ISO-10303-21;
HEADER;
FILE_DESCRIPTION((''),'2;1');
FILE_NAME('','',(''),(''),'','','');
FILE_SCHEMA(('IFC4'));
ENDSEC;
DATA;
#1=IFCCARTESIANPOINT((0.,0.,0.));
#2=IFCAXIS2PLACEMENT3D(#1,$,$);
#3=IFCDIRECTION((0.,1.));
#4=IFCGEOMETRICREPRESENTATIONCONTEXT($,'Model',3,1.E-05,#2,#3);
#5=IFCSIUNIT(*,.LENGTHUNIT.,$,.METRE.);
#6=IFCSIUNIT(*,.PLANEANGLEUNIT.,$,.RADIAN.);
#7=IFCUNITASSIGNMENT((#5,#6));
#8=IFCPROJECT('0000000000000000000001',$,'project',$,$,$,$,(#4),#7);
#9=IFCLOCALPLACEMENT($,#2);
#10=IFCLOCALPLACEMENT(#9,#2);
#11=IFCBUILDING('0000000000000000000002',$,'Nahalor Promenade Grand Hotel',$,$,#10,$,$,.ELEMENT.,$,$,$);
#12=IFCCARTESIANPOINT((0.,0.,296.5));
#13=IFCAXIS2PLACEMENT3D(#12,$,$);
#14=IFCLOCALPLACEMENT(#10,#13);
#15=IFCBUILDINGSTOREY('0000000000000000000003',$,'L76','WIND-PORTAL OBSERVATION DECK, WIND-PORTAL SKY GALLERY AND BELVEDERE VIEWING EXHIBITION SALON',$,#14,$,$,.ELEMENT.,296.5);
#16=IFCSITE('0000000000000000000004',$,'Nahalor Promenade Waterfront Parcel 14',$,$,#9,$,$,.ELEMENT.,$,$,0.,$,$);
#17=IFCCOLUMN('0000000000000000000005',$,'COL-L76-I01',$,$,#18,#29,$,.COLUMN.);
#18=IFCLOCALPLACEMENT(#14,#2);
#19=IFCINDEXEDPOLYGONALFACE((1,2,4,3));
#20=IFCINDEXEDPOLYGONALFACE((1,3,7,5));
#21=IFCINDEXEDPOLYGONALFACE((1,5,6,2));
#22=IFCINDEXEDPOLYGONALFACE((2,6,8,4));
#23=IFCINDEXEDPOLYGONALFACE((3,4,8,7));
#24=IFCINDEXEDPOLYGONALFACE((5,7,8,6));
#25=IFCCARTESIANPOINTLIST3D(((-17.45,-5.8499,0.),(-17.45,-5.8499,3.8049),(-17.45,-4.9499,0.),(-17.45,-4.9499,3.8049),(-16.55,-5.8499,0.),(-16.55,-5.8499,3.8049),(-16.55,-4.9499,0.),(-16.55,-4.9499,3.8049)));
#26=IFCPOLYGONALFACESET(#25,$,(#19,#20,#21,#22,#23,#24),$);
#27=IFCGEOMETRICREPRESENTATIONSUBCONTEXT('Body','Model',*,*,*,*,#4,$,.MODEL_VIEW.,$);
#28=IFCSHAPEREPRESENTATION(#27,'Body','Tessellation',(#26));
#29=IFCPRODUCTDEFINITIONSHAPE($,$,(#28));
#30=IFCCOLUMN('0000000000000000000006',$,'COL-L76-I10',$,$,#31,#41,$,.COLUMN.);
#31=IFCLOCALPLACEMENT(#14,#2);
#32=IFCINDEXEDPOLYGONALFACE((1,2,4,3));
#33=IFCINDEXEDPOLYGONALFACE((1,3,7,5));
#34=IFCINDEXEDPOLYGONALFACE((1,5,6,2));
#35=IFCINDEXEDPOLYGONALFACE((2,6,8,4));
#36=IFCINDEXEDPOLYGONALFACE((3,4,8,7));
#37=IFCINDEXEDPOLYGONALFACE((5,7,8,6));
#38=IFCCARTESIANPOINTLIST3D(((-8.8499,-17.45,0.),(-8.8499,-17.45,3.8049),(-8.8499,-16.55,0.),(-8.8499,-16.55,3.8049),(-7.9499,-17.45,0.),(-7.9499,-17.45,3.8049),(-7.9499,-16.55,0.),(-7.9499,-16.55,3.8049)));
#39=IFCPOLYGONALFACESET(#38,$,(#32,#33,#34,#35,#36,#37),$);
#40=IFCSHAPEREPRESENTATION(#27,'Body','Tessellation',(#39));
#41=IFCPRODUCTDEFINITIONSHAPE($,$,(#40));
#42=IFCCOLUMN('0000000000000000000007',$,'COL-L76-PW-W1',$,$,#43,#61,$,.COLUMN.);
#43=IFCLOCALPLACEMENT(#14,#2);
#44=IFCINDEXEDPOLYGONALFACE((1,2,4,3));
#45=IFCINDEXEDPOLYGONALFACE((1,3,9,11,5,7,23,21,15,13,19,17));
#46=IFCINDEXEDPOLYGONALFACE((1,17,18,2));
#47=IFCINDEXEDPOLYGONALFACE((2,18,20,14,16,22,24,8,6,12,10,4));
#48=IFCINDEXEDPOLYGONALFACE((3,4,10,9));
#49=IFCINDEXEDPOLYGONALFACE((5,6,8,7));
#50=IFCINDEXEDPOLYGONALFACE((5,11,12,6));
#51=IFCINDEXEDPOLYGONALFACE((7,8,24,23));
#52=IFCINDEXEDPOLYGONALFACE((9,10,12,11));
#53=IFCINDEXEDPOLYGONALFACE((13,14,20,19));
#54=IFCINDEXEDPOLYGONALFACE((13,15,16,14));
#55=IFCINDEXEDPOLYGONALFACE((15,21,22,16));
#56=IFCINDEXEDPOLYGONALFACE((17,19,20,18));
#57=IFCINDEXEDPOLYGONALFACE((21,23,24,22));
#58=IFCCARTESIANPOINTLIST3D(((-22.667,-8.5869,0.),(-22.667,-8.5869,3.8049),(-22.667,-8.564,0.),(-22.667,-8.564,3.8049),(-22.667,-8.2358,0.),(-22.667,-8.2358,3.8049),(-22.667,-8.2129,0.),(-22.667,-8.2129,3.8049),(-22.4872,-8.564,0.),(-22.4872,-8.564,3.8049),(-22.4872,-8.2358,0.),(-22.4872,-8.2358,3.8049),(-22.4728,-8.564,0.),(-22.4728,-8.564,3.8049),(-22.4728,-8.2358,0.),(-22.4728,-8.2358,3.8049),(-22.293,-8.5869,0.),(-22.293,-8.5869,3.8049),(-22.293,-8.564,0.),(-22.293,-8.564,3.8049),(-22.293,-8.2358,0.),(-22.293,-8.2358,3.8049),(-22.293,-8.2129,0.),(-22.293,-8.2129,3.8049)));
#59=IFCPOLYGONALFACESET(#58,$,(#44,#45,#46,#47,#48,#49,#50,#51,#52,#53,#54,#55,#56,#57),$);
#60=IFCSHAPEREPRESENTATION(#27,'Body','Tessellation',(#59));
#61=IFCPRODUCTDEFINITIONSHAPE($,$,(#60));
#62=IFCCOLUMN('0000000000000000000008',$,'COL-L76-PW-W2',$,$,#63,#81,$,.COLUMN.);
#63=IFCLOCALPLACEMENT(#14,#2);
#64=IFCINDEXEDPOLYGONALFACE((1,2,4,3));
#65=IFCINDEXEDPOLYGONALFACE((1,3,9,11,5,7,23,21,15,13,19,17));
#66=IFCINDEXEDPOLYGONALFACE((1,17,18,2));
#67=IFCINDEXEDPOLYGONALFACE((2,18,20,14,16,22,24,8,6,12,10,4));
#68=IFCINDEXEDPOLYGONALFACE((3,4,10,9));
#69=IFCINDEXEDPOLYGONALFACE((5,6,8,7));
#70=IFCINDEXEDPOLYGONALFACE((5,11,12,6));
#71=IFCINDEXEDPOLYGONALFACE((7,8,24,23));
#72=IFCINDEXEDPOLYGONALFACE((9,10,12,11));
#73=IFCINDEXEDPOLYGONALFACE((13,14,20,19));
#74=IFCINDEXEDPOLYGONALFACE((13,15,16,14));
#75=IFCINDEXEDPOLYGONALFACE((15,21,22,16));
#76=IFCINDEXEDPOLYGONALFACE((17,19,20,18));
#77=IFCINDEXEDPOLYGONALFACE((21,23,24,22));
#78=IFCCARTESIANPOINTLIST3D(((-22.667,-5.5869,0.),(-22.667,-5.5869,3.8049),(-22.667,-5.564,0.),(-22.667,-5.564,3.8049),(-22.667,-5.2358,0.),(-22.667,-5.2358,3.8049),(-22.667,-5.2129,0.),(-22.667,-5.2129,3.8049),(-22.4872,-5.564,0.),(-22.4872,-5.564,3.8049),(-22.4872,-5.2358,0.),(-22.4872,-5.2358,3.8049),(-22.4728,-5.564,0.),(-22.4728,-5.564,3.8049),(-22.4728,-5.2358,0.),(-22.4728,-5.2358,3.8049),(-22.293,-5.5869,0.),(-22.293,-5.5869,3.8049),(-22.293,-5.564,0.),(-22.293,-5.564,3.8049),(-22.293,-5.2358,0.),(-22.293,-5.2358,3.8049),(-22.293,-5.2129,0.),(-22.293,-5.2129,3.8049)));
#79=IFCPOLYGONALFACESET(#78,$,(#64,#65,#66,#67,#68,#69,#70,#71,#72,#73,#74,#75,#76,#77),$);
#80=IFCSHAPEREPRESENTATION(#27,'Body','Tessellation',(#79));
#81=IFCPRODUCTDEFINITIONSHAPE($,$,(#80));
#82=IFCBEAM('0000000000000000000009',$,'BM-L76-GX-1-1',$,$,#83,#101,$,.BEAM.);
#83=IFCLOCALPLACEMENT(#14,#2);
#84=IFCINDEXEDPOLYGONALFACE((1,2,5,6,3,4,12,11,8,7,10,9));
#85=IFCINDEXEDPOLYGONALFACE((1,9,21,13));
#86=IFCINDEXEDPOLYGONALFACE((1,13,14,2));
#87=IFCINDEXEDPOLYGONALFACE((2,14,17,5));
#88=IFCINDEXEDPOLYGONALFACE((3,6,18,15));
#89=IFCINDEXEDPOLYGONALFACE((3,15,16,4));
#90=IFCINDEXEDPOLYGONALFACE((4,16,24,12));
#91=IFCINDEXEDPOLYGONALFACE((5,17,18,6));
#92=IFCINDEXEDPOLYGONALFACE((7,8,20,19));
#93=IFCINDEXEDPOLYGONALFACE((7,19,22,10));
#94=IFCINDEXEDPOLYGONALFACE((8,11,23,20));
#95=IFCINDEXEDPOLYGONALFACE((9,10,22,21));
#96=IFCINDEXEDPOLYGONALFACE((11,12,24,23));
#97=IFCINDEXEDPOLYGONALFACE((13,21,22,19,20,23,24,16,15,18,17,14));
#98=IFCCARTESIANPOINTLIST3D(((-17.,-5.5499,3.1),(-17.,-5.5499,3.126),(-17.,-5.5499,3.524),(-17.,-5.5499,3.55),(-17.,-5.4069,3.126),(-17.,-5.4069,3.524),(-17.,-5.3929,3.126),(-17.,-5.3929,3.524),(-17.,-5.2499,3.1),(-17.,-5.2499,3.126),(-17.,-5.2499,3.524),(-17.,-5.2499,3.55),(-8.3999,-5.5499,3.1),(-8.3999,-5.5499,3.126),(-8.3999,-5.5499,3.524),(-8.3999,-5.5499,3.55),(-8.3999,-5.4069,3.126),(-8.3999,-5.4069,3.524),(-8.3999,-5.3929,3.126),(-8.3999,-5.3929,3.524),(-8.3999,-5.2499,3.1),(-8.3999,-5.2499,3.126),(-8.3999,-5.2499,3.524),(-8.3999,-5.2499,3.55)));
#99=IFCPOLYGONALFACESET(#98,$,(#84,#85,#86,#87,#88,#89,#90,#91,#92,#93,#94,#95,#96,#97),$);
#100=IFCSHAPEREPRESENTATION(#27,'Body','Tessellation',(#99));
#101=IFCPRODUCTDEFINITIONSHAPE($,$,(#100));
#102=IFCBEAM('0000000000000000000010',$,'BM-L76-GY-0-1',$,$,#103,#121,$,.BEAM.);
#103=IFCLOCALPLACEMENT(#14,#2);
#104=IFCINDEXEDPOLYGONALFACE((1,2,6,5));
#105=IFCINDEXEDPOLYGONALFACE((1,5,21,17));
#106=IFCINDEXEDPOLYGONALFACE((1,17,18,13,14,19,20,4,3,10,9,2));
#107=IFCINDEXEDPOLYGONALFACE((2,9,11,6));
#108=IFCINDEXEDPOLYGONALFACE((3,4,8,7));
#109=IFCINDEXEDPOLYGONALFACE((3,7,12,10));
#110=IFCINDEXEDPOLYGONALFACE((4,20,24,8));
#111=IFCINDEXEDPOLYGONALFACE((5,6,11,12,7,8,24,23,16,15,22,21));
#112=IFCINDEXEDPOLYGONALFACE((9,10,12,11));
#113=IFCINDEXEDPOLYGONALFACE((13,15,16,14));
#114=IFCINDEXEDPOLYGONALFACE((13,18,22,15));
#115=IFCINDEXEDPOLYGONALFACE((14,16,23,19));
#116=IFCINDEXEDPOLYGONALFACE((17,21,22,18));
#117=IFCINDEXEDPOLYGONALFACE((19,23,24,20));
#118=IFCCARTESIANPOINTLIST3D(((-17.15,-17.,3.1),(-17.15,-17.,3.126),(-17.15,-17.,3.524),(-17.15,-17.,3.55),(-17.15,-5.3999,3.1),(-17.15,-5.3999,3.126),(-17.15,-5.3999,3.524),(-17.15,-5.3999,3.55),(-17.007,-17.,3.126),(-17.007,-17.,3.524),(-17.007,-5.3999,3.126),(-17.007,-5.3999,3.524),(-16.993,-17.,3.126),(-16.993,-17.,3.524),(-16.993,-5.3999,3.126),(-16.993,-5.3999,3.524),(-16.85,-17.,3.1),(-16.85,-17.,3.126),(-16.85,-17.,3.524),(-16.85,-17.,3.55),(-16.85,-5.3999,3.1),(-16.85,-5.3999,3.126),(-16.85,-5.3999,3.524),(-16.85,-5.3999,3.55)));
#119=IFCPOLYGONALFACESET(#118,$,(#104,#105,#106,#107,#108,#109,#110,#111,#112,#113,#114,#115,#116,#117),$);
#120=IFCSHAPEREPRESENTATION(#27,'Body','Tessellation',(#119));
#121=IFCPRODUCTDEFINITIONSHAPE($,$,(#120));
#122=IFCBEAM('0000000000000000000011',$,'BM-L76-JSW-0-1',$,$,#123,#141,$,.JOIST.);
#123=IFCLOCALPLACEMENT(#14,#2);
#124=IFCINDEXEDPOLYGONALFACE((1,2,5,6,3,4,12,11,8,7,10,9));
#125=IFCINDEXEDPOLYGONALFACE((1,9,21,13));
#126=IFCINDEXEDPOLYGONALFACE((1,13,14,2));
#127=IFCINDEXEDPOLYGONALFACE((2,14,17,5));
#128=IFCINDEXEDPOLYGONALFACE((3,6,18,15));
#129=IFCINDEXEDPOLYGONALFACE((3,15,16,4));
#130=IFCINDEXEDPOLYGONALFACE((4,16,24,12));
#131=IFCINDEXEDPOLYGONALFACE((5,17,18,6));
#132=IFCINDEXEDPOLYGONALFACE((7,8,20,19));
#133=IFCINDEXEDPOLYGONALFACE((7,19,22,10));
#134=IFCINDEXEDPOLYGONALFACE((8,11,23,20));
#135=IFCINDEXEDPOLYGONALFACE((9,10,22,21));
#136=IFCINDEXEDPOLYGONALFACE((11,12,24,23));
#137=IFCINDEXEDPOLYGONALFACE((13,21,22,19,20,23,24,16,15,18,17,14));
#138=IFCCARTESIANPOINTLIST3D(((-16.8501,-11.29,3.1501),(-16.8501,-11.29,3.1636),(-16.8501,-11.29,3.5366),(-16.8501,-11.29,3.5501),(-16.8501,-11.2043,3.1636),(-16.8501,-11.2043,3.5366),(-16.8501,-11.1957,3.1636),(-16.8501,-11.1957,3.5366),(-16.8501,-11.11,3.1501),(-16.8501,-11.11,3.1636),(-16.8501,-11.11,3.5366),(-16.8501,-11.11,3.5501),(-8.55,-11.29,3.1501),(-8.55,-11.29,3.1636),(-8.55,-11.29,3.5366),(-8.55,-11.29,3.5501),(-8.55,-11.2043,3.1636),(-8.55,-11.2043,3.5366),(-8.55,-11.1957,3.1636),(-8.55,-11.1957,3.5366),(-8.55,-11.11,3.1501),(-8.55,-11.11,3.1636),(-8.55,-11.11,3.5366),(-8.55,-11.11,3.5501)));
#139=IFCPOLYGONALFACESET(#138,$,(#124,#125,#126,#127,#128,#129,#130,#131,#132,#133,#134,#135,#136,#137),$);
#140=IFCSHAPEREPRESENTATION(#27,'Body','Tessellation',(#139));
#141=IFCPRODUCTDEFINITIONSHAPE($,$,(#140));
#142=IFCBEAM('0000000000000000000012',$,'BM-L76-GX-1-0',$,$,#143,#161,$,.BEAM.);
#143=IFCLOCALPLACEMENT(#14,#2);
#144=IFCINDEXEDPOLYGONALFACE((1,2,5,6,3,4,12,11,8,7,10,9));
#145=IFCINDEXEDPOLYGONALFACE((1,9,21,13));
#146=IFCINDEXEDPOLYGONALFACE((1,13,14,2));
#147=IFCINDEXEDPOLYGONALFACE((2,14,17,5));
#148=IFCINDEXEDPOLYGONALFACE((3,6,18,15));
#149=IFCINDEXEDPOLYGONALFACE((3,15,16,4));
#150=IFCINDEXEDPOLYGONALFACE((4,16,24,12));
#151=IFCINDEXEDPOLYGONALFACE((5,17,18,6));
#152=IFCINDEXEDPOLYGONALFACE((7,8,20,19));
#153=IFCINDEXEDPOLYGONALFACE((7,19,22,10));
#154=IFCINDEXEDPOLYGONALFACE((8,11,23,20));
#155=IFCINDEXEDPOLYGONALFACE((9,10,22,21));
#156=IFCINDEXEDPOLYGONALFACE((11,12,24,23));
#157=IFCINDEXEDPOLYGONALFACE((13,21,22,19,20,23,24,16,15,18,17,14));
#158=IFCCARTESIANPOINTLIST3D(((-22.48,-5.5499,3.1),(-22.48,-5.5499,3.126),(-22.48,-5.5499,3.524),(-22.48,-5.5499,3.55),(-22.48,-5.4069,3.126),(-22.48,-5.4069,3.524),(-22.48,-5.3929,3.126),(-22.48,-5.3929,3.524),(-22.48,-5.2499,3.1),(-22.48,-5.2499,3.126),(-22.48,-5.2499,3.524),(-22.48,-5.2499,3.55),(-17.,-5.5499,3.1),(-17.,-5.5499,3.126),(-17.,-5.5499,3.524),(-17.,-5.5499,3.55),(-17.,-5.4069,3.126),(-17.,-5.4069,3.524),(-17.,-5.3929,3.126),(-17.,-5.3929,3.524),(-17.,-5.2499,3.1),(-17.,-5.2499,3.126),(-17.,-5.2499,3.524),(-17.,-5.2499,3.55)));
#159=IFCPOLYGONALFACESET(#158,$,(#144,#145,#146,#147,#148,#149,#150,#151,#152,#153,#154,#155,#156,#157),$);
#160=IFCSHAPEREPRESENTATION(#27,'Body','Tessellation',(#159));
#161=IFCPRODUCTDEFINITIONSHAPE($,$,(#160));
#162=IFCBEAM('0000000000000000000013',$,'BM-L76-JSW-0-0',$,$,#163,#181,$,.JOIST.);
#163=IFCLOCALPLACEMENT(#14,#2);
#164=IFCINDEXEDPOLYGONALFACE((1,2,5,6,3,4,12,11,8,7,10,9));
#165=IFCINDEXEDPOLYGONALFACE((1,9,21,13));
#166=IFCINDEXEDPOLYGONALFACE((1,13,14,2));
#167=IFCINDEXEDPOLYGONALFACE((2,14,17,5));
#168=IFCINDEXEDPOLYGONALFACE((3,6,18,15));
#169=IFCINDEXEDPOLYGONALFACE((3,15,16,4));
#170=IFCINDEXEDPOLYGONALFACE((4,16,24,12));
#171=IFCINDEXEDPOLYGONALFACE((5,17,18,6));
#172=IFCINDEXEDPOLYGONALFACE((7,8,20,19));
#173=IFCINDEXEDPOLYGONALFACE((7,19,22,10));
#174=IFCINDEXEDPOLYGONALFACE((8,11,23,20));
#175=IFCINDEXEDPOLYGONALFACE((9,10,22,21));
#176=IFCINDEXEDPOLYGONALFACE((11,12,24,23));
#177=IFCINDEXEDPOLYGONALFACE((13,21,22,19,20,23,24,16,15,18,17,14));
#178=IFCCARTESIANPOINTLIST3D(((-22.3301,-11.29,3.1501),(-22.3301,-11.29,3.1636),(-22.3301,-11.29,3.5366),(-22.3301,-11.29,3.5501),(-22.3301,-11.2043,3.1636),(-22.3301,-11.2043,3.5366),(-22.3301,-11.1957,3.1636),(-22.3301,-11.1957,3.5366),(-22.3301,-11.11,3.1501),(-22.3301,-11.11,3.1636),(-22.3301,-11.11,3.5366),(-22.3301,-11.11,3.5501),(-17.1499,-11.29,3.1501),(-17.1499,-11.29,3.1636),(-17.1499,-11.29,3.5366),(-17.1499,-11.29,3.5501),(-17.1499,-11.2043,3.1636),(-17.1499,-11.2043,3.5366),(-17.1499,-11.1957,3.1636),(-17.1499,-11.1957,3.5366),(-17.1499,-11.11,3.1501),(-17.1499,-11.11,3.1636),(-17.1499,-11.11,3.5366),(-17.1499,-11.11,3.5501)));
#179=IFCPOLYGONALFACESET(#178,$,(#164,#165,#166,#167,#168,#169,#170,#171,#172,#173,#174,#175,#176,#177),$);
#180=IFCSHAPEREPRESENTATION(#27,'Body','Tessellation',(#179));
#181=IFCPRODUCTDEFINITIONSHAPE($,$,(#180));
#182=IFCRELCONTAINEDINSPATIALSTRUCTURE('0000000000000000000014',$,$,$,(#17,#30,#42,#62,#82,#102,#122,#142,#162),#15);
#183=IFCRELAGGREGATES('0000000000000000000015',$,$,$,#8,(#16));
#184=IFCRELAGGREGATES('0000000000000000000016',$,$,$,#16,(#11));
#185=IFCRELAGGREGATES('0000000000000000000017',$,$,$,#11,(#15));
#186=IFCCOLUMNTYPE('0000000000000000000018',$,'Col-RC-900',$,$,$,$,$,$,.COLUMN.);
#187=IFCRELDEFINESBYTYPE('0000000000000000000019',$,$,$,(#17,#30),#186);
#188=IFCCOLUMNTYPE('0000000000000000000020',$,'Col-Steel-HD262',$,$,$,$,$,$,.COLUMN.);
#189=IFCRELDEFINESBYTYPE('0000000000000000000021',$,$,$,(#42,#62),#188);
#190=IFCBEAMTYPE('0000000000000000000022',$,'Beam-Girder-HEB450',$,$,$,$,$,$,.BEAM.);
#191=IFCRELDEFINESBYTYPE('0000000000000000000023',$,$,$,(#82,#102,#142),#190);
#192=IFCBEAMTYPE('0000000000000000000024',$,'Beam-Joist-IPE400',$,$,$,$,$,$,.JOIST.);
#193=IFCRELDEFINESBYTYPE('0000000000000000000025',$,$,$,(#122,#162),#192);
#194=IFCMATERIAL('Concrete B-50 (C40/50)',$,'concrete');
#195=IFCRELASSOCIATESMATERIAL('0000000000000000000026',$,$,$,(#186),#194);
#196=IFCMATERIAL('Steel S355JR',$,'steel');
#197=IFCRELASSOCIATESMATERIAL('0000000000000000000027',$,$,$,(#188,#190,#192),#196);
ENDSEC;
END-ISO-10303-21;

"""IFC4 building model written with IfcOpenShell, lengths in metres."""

from ifc_helpers import new_model, si_unit, direction, frame, origin, origin_2d, place, context, subcontext, project, spatial, rectangle, i_section, extrude, source, transform, mapped, material, material_profile, profile_set, type_object, element, save


model = new_model("IFC4")

# Units and contexts
model_context = context("Model", 3, precision=1e-05, world=origin(), true_north=direction((0.0, 1.0)))
body_context = subcontext(model_context, "Body", "Model", "MODEL_VIEW")
ifc_project = project(units=[si_unit("LENGTHUNIT", "METRE"), si_unit("PLANEANGLEUNIT", "RADIAN")], contexts=[model_context])

# Site, building, storey
site_placement = place(None, origin())
site = spatial("IfcSite", under=ifc_project, at=site_placement, Name="Nahalor Promenade Waterfront Parcel 14", CompositionType="ELEMENT", RefElevation=0.0)
building_placement = place(site_placement, origin())
building = spatial("IfcBuilding", under=site, at=building_placement, Name="Nahalor Promenade Grand Hotel", CompositionType="ELEMENT")
storey_placement = place(building_placement, frame((0.0, 0.0, 296.5)))
storey = spatial("IfcBuildingStorey", under=building, at=storey_placement, Name="L76", Description="WIND-PORTAL OBSERVATION DECK, WIND-PORTAL SKY GALLERY AND BELVEDERE VIEWING EXHIBITION SALON", CompositionType="ELEMENT", Elevation=296.5)

# Columns
ifc_material_1 = material(Name="Concrete B-50 (C40/50)", Category="concrete")
ifc_material_profile_1 = material_profile(ifc_material_1, rectangle(XDim=0.9, YDim=0.9, at=origin_2d()), Name="RC 900x900")
ifc_profile_set_1 = profile_set([ifc_material_profile_1], Name="Concrete B-50 (C40/50)")
column_type_1 = type_object("IfcColumnType", Name="Col-RC-900", PredefinedType="COLUMN", material=ifc_profile_set_1)
shared_shape_1 = source(origin(), body_context, "Body", "SweptSolid", [
    extrude(rectangle(XDim=0.9, YDim=0.9, at=origin_2d()), origin(), (0.0, 0.0, 1.0), 3.8049),
])
for number, where, z_axis, x_axis, name in (
    (1, (-17.0, -5.3999, 0.0), (0.0, 0.0, 1.0), (1.0, 0.0, 0.0), "COL-L76-I01"),
    (2, (-8.3999, -17.0, 0.0), (0.0, 0.0, 1.0), (1.0, 0.0, 0.0), "COL-L76-I10"),
):
    element("IfcColumn", number, at=place(storey_placement, frame(where, z_axis=z_axis, x_axis=x_axis)), inside=storey, type_object=column_type_1, Name=name, PredefinedType="COLUMN", context=body_context, shape_type="MappedRepresentation", body=[
        mapped(shared_shape_1, transform((0.0, 0.0, 0.0), scale=1.0)),
    ])
ifc_material_2 = material(Name="Steel S355JR", Category="steel")
ifc_material_profile_2 = material_profile(ifc_material_2, i_section(OverallWidth=0.374, OverallDepth=0.374, WebThickness=0.0144, FlangeThickness=0.0229, at=origin_2d()), Name="HD 360x262")
ifc_profile_set_2 = profile_set([ifc_material_profile_2], Name="Steel S355JR")
column_type_2 = type_object("IfcColumnType", Name="Col-Steel-HD262", PredefinedType="COLUMN", material=ifc_profile_set_2)
shared_shape_2 = source(origin(), body_context, "Body", "SweptSolid", [
    extrude(i_section(OverallWidth=0.374, OverallDepth=0.374, WebThickness=0.0144, FlangeThickness=0.0229, at=origin_2d()), origin(), (0.0, 0.0, 1.0), 3.8049),
])
for number, where, z_axis, x_axis, name in (
    (3, (-22.48, -8.3999, 0.0), (0.0, 0.0, 1.0), (1.0, 0.0, 0.0), "COL-L76-PW-W1"),
    (4, (-22.48, -5.3999, 0.0), (0.0, 0.0, 1.0), (1.0, 0.0, 0.0), "COL-L76-PW-W2"),
):
    element("IfcColumn", number, at=place(storey_placement, frame(where, z_axis=z_axis, x_axis=x_axis)), inside=storey, type_object=column_type_2, Name=name, PredefinedType="COLUMN", context=body_context, shape_type="MappedRepresentation", body=[
        mapped(shared_shape_2, transform((0.0, 0.0, 0.0), scale=1.0)),
    ])

# Beams
ifc_material_profile_3 = material_profile(ifc_material_2, i_section(OverallWidth=0.3, OverallDepth=0.45, WebThickness=0.014, FlangeThickness=0.026, at=origin_2d()), Name="HEB 450")
ifc_profile_set_3 = profile_set([ifc_material_profile_3], Name="Steel S355JR")
beam_type_1 = type_object("IfcBeamType", Name="Beam-Girder-HEB450", PredefinedType="BEAM", material=ifc_profile_set_3)
shared_shape_3 = source(origin(), body_context, "Body", "SweptSolid", [
    extrude(i_section(OverallWidth=0.3, OverallDepth=0.45, WebThickness=0.014, FlangeThickness=0.026, at=origin_2d()), origin(), (0.0, 0.0, 1.0), 8.6001),
])
beam_1_placement = place(storey_placement, frame((-17.0, -5.3999, 3.325), z_axis=(1.0, 0.0, 0.0), x_axis=(0.0, 1.0, 0.0)))
element("IfcBeam", 5, at=beam_1_placement, inside=storey, type_object=beam_type_1, Name="BM-L76-GX-1-1", PredefinedType="BEAM", context=body_context, shape_type="MappedRepresentation", body=[
    mapped(shared_shape_3, transform((0.0, 0.0, 0.0), scale=1.0)),
])
shared_shape_4 = source(origin(), body_context, "Body", "SweptSolid", [
    extrude(i_section(OverallWidth=0.3, OverallDepth=0.45, WebThickness=0.014, FlangeThickness=0.026, at=origin_2d()), origin(), (0.0, 0.0, 1.0), 11.6001),
])
beam_2_placement = place(storey_placement, frame((-17.0, -17.0, 3.325), z_axis=(0.0, 1.0, 0.0), x_axis=(-1.0, 0.0, 0.0)))
element("IfcBeam", 6, at=beam_2_placement, inside=storey, type_object=beam_type_1, Name="BM-L76-GY-0-1", PredefinedType="BEAM", context=body_context, shape_type="MappedRepresentation", body=[
    mapped(shared_shape_4, transform((0.0, 0.0, 0.0), scale=1.0)),
])
ifc_material_profile_4 = material_profile(ifc_material_2, i_section(OverallWidth=0.18, OverallDepth=0.4, WebThickness=0.0086, FlangeThickness=0.0135, at=origin_2d()), Name="IPE 400")
ifc_profile_set_4 = profile_set([ifc_material_profile_4], Name="Steel S355JR")
beam_type_2 = type_object("IfcBeamType", Name="Beam-Joist-IPE400", PredefinedType="JOIST", material=ifc_profile_set_4)
shared_shape_5 = source(origin(), body_context, "Body", "SweptSolid", [
    extrude(i_section(OverallWidth=0.18, OverallDepth=0.4, WebThickness=0.0086, FlangeThickness=0.0135, at=origin_2d()), origin(), (0.0, 0.0, 1.0), 8.3),
])
beam_3_placement = place(storey_placement, frame((-16.8501, -11.2, 3.3501), z_axis=(1.0, 0.0, 0.0), x_axis=(0.0, 1.0, 0.0)))
element("IfcBeam", 7, at=beam_3_placement, inside=storey, type_object=beam_type_2, Name="BM-L76-JSW-0-1", PredefinedType="JOIST", context=body_context, shape_type="MappedRepresentation", body=[
    mapped(shared_shape_5, transform((0.0, 0.0, 0.0), scale=1.0)),
])
shared_shape_6 = source(origin(), body_context, "Body", "SweptSolid", [
    extrude(i_section(OverallWidth=0.3, OverallDepth=0.45, WebThickness=0.014, FlangeThickness=0.026, at=origin_2d()), origin(), (0.0, 0.0, 1.0), 5.48),
])
beam_4_placement = place(storey_placement, frame((-22.48, -5.3999, 3.325), z_axis=(1.0, 0.0, 0.0), x_axis=(0.0, 1.0, 0.0)))
element("IfcBeam", 8, at=beam_4_placement, inside=storey, type_object=beam_type_1, Name="BM-L76-GX-1-0", PredefinedType="BEAM", context=body_context, shape_type="MappedRepresentation", body=[
    mapped(shared_shape_6, transform((0.0, 0.0, 0.0), scale=1.0)),
])
shared_shape_7 = source(origin(), body_context, "Body", "SweptSolid", [
    extrude(i_section(OverallWidth=0.18, OverallDepth=0.4, WebThickness=0.0086, FlangeThickness=0.0135, at=origin_2d()), origin(), (0.0, 0.0, 1.0), 5.1802),
])
beam_5_placement = place(storey_placement, frame((-22.3301, -11.2, 3.3501), z_axis=(1.0, 0.0, 0.0), x_axis=(0.0, 1.0, 0.0)))
element("IfcBeam", 9, at=beam_5_placement, inside=storey, type_object=beam_type_2, Name="BM-L76-JSW-0-0", PredefinedType="JOIST", context=body_context, shape_type="MappedRepresentation", body=[
    mapped(shared_shape_7, transform((0.0, 0.0, 0.0), scale=1.0)),
])

save(model, "model.ifc")
